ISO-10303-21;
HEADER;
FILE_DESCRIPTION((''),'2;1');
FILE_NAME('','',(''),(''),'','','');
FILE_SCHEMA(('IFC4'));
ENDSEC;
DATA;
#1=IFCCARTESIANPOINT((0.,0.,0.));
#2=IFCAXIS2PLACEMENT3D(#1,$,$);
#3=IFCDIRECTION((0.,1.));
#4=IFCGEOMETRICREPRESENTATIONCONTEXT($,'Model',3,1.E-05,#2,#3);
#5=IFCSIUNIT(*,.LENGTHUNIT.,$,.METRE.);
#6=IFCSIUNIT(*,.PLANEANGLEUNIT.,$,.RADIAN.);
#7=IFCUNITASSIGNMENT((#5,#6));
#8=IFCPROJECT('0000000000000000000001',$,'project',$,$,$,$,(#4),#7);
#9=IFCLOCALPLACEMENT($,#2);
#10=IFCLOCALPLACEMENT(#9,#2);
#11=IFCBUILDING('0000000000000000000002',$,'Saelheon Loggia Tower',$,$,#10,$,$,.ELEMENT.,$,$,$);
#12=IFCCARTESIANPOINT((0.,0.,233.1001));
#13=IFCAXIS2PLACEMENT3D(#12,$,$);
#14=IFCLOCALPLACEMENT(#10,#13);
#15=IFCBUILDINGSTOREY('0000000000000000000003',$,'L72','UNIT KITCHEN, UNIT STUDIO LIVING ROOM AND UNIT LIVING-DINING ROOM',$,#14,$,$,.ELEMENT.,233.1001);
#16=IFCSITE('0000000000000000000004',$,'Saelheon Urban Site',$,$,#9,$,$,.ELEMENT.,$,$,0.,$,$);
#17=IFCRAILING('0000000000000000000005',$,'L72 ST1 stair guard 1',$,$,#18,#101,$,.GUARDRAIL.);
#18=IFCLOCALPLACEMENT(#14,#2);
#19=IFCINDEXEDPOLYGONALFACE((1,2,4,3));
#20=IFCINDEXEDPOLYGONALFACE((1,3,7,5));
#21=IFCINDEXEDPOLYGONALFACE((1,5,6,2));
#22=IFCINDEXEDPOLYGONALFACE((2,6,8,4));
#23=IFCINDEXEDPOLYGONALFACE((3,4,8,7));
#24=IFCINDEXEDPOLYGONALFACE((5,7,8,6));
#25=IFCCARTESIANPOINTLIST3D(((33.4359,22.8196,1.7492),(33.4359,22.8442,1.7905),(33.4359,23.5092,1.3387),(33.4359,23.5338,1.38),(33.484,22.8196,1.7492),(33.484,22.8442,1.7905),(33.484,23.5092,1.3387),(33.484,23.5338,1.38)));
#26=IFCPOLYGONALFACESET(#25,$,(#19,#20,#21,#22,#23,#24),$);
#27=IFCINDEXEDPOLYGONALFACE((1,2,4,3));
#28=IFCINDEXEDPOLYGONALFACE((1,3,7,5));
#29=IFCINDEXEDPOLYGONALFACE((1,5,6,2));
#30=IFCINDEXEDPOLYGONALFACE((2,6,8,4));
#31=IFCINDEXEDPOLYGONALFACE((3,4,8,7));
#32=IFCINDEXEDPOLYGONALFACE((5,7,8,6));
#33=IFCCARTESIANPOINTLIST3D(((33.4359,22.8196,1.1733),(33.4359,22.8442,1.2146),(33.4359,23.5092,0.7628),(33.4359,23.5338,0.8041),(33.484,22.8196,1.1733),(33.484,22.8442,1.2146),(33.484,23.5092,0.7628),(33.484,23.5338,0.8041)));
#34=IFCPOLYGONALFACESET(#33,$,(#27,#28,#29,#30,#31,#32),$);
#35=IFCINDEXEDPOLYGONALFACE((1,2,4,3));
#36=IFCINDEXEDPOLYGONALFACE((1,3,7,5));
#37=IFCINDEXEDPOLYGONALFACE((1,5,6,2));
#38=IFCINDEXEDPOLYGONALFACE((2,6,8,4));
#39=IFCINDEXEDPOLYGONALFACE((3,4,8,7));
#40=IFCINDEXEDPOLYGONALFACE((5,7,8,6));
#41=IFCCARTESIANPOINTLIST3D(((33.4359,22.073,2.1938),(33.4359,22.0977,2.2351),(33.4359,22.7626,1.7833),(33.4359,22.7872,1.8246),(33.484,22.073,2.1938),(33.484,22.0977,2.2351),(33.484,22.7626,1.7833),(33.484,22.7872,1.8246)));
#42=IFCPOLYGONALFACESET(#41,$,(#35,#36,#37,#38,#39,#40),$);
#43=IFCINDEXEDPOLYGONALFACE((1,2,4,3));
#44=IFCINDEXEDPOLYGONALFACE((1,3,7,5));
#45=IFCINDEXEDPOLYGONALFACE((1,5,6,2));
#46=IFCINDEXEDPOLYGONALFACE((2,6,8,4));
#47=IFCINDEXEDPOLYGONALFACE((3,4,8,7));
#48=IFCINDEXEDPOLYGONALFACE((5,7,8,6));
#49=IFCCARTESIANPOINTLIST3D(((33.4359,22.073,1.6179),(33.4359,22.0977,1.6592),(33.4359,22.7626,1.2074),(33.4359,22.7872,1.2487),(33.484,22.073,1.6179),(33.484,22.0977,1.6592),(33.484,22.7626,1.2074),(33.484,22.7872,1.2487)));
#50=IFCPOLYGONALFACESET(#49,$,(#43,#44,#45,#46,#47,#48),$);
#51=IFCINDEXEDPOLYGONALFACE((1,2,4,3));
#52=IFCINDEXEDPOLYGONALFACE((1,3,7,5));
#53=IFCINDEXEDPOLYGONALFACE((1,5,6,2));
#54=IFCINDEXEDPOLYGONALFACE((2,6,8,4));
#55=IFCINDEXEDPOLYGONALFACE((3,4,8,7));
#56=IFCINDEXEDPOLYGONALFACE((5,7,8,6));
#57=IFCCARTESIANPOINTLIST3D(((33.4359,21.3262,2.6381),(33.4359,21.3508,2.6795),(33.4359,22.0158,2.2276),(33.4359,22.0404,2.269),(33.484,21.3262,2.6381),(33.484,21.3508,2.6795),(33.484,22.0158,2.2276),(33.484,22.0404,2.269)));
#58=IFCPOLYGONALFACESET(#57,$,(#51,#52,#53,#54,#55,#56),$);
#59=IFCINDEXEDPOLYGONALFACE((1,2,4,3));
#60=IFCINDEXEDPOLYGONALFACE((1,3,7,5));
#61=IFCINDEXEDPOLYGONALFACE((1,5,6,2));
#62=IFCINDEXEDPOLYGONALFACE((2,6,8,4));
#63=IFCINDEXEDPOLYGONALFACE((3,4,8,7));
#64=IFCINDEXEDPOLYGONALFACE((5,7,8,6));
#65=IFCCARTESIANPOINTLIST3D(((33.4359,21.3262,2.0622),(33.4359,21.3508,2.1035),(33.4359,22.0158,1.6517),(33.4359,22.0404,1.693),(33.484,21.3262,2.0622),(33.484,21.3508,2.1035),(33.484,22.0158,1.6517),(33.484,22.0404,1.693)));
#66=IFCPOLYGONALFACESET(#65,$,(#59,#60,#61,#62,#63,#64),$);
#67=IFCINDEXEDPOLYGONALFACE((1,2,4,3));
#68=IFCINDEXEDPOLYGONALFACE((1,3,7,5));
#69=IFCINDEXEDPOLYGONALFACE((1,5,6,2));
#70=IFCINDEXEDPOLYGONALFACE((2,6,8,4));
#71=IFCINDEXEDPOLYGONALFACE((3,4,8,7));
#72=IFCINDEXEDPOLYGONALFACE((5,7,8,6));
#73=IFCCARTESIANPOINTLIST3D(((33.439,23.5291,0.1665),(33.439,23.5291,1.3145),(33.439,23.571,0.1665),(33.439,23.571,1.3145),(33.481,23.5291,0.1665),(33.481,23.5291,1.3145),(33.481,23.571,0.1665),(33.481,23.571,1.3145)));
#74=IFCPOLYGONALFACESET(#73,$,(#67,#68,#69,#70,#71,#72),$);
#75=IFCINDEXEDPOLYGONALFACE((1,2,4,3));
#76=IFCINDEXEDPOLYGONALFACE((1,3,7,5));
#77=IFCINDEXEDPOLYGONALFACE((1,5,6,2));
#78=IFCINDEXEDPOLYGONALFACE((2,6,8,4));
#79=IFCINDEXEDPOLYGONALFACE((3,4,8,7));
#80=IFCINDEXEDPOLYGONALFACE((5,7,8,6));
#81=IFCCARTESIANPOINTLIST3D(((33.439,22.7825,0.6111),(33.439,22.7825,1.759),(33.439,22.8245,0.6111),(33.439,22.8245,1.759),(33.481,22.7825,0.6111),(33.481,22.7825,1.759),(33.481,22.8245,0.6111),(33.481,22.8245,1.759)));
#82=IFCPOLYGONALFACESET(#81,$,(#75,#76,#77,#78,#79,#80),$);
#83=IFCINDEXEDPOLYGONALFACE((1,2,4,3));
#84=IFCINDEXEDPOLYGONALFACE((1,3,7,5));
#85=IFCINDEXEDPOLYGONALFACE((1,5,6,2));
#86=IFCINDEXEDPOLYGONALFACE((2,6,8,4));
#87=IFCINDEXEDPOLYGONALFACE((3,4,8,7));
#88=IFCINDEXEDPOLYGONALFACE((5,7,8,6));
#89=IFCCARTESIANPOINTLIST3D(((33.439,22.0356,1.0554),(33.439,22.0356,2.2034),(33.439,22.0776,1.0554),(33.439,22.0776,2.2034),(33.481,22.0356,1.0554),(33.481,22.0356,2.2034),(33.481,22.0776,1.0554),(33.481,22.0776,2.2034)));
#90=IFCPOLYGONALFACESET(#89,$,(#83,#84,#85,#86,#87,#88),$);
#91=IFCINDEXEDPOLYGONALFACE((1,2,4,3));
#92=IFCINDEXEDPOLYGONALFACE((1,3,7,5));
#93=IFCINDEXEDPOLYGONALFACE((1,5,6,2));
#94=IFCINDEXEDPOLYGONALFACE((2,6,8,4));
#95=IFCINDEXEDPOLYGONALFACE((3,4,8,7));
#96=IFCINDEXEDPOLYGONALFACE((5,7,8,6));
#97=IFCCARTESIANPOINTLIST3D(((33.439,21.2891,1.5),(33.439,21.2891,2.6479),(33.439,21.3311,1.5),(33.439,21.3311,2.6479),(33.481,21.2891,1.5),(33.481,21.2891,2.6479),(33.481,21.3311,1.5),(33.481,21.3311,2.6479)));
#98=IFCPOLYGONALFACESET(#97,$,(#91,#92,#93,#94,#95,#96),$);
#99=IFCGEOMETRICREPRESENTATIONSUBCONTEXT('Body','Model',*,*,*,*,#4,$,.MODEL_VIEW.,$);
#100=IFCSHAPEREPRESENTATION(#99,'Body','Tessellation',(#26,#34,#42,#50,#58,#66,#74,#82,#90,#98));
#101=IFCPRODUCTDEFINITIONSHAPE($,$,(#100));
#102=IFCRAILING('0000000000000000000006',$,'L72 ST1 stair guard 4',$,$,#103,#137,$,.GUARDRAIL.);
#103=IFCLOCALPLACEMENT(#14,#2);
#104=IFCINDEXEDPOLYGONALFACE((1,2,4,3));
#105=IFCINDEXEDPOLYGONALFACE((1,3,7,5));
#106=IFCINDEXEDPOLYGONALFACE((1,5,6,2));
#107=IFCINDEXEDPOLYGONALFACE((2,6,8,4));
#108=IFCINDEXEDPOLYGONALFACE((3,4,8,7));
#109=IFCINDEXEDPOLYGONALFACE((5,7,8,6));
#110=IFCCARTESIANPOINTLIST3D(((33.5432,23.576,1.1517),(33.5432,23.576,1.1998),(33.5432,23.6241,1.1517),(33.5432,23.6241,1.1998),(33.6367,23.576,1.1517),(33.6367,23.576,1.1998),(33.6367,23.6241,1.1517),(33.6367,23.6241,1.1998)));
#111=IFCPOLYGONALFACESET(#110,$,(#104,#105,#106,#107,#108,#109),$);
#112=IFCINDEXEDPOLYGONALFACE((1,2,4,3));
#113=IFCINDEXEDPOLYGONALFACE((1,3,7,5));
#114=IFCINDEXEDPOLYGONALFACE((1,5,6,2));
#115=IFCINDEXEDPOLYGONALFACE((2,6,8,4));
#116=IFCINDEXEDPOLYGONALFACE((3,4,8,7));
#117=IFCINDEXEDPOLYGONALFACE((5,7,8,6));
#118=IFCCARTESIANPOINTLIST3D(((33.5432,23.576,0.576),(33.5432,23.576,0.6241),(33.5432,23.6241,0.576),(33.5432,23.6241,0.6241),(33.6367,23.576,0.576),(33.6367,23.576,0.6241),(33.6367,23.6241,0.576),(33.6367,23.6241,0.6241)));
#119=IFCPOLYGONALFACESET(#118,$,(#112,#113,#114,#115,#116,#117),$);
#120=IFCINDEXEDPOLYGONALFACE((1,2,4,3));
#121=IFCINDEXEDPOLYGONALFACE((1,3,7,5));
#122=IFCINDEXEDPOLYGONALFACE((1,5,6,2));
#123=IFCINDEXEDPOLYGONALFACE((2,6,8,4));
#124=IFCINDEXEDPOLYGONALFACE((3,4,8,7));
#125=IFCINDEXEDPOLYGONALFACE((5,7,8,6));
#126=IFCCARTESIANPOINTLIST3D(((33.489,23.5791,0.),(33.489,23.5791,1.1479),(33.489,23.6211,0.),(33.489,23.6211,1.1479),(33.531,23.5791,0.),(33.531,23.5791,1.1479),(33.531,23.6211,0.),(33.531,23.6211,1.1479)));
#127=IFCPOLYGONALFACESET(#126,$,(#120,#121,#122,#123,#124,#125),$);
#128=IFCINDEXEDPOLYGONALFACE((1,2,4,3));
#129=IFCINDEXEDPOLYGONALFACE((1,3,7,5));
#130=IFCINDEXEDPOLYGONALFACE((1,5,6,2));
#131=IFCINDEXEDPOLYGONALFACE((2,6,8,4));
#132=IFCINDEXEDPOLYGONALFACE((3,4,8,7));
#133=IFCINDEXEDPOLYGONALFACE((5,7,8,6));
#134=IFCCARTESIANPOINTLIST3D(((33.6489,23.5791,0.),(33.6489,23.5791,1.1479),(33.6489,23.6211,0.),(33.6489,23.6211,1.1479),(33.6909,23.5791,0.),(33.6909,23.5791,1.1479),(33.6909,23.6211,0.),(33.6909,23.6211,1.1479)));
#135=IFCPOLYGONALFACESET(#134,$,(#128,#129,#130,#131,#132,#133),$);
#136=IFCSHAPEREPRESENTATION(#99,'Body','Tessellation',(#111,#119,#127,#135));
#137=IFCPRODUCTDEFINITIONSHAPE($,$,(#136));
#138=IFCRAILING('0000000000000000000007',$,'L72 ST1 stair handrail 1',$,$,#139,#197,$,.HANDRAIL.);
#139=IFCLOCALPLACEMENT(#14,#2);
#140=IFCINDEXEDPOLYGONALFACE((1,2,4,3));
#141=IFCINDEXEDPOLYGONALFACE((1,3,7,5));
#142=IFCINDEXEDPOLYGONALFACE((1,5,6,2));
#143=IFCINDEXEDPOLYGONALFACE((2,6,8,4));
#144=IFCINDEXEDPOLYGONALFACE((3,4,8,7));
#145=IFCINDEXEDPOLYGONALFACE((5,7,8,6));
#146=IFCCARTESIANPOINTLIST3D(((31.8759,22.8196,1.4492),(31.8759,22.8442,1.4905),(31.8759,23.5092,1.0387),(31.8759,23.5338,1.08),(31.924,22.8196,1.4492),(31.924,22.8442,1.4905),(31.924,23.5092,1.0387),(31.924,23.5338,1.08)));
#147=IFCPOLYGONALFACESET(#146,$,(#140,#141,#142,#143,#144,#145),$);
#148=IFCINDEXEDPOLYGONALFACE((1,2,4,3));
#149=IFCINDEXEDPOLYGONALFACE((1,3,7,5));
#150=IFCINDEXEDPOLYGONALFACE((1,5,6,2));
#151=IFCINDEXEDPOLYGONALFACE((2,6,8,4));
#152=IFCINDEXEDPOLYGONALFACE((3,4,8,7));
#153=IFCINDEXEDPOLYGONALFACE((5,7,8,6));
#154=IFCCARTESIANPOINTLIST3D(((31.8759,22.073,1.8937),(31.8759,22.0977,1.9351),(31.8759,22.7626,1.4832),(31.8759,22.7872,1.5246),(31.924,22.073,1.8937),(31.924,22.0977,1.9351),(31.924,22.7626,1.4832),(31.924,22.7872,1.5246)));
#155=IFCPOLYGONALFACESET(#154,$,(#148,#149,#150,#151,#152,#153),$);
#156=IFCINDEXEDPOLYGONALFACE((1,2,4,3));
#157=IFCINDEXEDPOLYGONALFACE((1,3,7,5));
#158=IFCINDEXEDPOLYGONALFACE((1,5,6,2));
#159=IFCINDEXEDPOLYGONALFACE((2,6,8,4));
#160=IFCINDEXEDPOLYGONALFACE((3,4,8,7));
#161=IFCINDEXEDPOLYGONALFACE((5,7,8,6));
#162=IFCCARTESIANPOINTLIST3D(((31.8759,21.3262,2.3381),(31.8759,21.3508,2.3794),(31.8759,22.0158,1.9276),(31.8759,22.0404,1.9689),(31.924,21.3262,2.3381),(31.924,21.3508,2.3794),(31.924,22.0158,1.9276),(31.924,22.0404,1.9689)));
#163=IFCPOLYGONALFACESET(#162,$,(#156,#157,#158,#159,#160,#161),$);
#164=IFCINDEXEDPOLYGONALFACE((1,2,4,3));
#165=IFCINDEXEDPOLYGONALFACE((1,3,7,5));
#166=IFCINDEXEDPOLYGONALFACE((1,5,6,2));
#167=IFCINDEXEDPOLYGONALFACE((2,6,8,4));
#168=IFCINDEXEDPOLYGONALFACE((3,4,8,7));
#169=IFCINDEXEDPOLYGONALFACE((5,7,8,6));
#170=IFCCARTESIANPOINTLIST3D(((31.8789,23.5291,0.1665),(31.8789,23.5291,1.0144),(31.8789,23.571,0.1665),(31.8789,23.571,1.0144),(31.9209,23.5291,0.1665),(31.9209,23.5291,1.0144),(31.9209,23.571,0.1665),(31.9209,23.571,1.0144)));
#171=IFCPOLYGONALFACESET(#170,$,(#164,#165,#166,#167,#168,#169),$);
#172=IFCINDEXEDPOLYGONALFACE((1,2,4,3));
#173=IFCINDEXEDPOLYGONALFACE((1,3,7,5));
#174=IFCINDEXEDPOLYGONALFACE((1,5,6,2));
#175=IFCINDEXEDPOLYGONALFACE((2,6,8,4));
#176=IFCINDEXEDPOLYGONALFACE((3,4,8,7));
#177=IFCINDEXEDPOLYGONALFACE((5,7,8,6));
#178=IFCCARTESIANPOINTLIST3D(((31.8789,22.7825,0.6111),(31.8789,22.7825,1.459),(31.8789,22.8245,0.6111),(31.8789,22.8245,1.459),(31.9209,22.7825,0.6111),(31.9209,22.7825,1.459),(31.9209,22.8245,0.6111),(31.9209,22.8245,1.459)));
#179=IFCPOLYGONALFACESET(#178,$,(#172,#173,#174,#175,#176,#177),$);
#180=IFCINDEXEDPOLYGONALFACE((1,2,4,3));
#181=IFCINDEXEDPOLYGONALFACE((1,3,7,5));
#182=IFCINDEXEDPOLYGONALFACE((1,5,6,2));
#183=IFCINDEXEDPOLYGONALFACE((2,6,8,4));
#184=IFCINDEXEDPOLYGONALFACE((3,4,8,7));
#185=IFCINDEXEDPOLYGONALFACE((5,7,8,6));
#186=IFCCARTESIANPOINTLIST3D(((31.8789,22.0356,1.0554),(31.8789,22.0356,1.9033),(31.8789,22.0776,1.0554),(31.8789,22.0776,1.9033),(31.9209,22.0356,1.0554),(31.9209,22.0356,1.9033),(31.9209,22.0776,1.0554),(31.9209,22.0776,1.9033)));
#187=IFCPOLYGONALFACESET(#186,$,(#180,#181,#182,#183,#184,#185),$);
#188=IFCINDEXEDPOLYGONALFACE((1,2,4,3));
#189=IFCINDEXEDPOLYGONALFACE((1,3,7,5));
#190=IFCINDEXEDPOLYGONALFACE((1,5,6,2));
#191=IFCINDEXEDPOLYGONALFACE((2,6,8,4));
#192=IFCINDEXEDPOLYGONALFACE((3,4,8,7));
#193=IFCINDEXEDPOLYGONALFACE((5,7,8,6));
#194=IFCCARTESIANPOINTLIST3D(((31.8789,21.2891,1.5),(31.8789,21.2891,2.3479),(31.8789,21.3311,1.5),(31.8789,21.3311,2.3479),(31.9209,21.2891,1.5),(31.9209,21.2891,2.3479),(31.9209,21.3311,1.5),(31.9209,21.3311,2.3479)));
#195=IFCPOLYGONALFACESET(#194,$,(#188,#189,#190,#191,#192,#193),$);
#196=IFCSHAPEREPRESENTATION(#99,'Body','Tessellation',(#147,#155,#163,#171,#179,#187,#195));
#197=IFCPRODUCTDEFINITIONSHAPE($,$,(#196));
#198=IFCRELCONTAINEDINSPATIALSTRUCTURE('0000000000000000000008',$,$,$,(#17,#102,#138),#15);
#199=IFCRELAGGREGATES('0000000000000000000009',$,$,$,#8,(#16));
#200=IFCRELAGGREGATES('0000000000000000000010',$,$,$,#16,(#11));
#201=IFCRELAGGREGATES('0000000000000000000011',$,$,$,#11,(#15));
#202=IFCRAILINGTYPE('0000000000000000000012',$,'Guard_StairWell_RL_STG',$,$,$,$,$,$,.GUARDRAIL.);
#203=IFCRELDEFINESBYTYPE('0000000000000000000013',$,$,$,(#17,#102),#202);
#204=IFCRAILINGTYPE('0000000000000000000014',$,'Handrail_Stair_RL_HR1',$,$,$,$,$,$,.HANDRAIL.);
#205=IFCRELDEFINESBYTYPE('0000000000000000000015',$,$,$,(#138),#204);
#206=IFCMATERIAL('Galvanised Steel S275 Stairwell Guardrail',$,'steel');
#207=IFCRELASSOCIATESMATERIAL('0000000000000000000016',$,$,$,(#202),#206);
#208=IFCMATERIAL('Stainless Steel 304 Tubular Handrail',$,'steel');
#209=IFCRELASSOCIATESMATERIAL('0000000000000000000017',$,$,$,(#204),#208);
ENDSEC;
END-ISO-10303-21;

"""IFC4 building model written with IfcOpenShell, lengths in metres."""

from ifc_helpers import new_model, si_unit, direction, frame, origin, origin_2d, place, context, subcontext, project, spatial, rectangle, extrude, material, type_object, element, save


model = new_model("IFC4")

# Units and contexts
model_context = context("Model", 3, precision=1e-05, world=origin(), true_north=direction((0.0, 1.0)))
body_context = subcontext(model_context, "Body", "Model", "MODEL_VIEW")
ifc_project = project(units=[si_unit("LENGTHUNIT", "METRE"), si_unit("PLANEANGLEUNIT", "RADIAN")], contexts=[model_context])

# Site, building, storey
site_placement = place(None, origin())
site = spatial("IfcSite", under=ifc_project, at=site_placement, Name="Saelheon Urban Site", CompositionType="ELEMENT", RefElevation=0.0)
building_placement = place(site_placement, origin())
building = spatial("IfcBuilding", under=site, at=building_placement, Name="Saelheon Loggia Tower", CompositionType="ELEMENT")
storey_placement = place(building_placement, frame((0.0, 0.0, 233.1001)))
storey = spatial("IfcBuildingStorey", under=building, at=storey_placement, Name="L72", Description="UNIT KITCHEN, UNIT STUDIO LIVING ROOM AND UNIT LIVING-DINING ROOM", CompositionType="ELEMENT", Elevation=233.1001)

# Railings
ifc_material_1 = material(Name="Galvanised Steel S275 Stairwell Guardrail", Category="steel")
railing_type_1 = type_object("IfcRailingType", Name="Guard_StairWell_RL_STG", PredefinedType="GUARDRAIL", material=ifc_material_1)
railing_1_placement = place(storey_placement, frame((33.46, 23.55, 0.1665)))
element("IfcRailing", 1, at=railing_1_placement, inside=storey, type_object=railing_type_1, Name="L72 ST1 stair guard 1", PredefinedType="GUARDRAIL", context=body_context, shape_type="SweptSolid", body=[
    extrude(rectangle(XDim=0.0481, YDim=0.0481, at=origin_2d()), frame((0.0, -0.0286, 1.1929), z_axis=(0.0, -0.859264, 0.511532), x_axis=(1.0, 0.0, 0.0)), (0.0, 0.0, 1.0), 0.8025),
    extrude(rectangle(XDim=0.0481, YDim=0.0481, at=origin_2d()), frame((0.0, -0.0286, 0.6169), z_axis=(0.0, -0.859264, 0.511532), x_axis=(1.0, 0.0, 0.0)), (0.0, 0.0, 1.0), 0.8025),
    extrude(rectangle(XDim=0.0481, YDim=0.0481, at=origin_2d()), frame((0.0, -0.7751, 1.6375), z_axis=(0.0, -0.859264, 0.511532), x_axis=(1.0, 0.0, 0.0)), (0.0, 0.0, 1.0), 0.8025),
    extrude(rectangle(XDim=0.0481, YDim=0.0481, at=origin_2d()), frame((0.0, -0.7751, 1.0615), z_axis=(0.0, -0.859264, 0.511532), x_axis=(1.0, 0.0, 0.0)), (0.0, 0.0, 1.0), 0.8025),
    extrude(rectangle(XDim=0.0481, YDim=0.0481, at=origin_2d()), frame((0.0, -1.522, 2.0818), z_axis=(0.0, -0.859264, 0.511532), x_axis=(1.0, 0.0, 0.0)), (0.0, 0.0, 1.0), 0.8025),
    extrude(rectangle(XDim=0.0481, YDim=0.0481, at=origin_2d()), frame((0.0, -1.522, 1.5059), z_axis=(0.0, -0.859264, 0.511532), x_axis=(1.0, 0.0, 0.0)), (0.0, 0.0, 1.0), 0.8025),
    extrude(rectangle(XDim=0.042, YDim=0.042, at=origin_2d()), origin(), (0.0, 0.0, 1.0), 1.1479),
    extrude(rectangle(XDim=0.042, YDim=0.042, at=origin_2d()), frame((0.0, -0.7466, 0.4446)), (0.0, 0.0, 1.0), 1.1479),
    extrude(rectangle(XDim=0.042, YDim=0.042, at=origin_2d()), frame((0.0, -1.4934, 0.8889)), (0.0, 0.0, 1.0), 1.1479),
    extrude(rectangle(XDim=0.042, YDim=0.042, at=origin_2d()), frame((0.0, -2.24, 1.3335)), (0.0, 0.0, 1.0), 1.1479),
])
railing_2_placement = place(storey_placement, frame((33.51, 23.6001, 0.0)))
element("IfcRailing", 2, at=railing_2_placement, inside=storey, type_object=railing_type_1, Name="L72 ST1 stair guard 4", PredefinedType="GUARDRAIL", context=body_context, shape_type="SweptSolid", body=[
    extrude(rectangle(XDim=0.0481, YDim=0.0481, at=origin_2d()), frame((0.0332, 0.0, 1.1758), z_axis=(1.0, 0.0, 0.0), x_axis=(0.0, 1.0, 0.0)), (0.0, 0.0, 1.0), 0.0935),
    extrude(rectangle(XDim=0.0481, YDim=0.0481, at=origin_2d()), frame((0.0332, 0.0, 0.6001), z_axis=(1.0, 0.0, 0.0), x_axis=(0.0, 1.0, 0.0)), (0.0, 0.0, 1.0), 0.0935),
    extrude(rectangle(XDim=0.042, YDim=0.042, at=origin_2d()), origin(), (0.0, 0.0, 1.0), 1.1479),
    extrude(rectangle(XDim=0.042, YDim=0.042, at=origin_2d()), frame((0.1599, 0.0, 0.0)), (0.0, 0.0, 1.0), 1.1479),
])
ifc_material_2 = material(Name="Stainless Steel 304 Tubular Handrail", Category="steel")
railing_type_2 = type_object("IfcRailingType", Name="Handrail_Stair_RL_HR1", PredefinedType="HANDRAIL", material=ifc_material_2)
railing_3_placement = place(storey_placement, frame((31.8999, 23.55, 0.1665)))
element("IfcRailing", 3, at=railing_3_placement, inside=storey, type_object=railing_type_2, Name="L72 ST1 stair handrail 1", PredefinedType="HANDRAIL", context=body_context, shape_type="SweptSolid", body=[
    extrude(rectangle(XDim=0.0481, YDim=0.0481, at=origin_2d()), frame((0.0, -0.0286, 0.8928), z_axis=(0.0, -0.859264, 0.511532), x_axis=(1.0, 0.0, 0.0)), (0.0, 0.0, 1.0), 0.8025),
    extrude(rectangle(XDim=0.0481, YDim=0.0481, at=origin_2d()), frame((0.0, -0.7751, 1.3374), z_axis=(0.0, -0.859264, 0.511532), x_axis=(1.0, 0.0, 0.0)), (0.0, 0.0, 1.0), 0.8025),
    extrude(rectangle(XDim=0.0481, YDim=0.0481, at=origin_2d()), frame((0.0, -1.522, 1.7817), z_axis=(0.0, -0.859264, 0.511532), x_axis=(1.0, 0.0, 0.0)), (0.0, 0.0, 1.0), 0.8025),
    extrude(rectangle(XDim=0.042, YDim=0.042, at=origin_2d()), origin(), (0.0, 0.0, 1.0), 0.8479),
    extrude(rectangle(XDim=0.042, YDim=0.042, at=origin_2d()), frame((0.0, -0.7466, 0.4446)), (0.0, 0.0, 1.0), 0.8479),
    extrude(rectangle(XDim=0.042, YDim=0.042, at=origin_2d()), frame((0.0, -1.4934, 0.8889)), (0.0, 0.0, 1.0), 0.8479),
    extrude(rectangle(XDim=0.042, YDim=0.042, at=origin_2d()), frame((0.0, -2.24, 1.3335)), (0.0, 0.0, 1.0), 0.8479),
])

save(model, "model.ifc")
